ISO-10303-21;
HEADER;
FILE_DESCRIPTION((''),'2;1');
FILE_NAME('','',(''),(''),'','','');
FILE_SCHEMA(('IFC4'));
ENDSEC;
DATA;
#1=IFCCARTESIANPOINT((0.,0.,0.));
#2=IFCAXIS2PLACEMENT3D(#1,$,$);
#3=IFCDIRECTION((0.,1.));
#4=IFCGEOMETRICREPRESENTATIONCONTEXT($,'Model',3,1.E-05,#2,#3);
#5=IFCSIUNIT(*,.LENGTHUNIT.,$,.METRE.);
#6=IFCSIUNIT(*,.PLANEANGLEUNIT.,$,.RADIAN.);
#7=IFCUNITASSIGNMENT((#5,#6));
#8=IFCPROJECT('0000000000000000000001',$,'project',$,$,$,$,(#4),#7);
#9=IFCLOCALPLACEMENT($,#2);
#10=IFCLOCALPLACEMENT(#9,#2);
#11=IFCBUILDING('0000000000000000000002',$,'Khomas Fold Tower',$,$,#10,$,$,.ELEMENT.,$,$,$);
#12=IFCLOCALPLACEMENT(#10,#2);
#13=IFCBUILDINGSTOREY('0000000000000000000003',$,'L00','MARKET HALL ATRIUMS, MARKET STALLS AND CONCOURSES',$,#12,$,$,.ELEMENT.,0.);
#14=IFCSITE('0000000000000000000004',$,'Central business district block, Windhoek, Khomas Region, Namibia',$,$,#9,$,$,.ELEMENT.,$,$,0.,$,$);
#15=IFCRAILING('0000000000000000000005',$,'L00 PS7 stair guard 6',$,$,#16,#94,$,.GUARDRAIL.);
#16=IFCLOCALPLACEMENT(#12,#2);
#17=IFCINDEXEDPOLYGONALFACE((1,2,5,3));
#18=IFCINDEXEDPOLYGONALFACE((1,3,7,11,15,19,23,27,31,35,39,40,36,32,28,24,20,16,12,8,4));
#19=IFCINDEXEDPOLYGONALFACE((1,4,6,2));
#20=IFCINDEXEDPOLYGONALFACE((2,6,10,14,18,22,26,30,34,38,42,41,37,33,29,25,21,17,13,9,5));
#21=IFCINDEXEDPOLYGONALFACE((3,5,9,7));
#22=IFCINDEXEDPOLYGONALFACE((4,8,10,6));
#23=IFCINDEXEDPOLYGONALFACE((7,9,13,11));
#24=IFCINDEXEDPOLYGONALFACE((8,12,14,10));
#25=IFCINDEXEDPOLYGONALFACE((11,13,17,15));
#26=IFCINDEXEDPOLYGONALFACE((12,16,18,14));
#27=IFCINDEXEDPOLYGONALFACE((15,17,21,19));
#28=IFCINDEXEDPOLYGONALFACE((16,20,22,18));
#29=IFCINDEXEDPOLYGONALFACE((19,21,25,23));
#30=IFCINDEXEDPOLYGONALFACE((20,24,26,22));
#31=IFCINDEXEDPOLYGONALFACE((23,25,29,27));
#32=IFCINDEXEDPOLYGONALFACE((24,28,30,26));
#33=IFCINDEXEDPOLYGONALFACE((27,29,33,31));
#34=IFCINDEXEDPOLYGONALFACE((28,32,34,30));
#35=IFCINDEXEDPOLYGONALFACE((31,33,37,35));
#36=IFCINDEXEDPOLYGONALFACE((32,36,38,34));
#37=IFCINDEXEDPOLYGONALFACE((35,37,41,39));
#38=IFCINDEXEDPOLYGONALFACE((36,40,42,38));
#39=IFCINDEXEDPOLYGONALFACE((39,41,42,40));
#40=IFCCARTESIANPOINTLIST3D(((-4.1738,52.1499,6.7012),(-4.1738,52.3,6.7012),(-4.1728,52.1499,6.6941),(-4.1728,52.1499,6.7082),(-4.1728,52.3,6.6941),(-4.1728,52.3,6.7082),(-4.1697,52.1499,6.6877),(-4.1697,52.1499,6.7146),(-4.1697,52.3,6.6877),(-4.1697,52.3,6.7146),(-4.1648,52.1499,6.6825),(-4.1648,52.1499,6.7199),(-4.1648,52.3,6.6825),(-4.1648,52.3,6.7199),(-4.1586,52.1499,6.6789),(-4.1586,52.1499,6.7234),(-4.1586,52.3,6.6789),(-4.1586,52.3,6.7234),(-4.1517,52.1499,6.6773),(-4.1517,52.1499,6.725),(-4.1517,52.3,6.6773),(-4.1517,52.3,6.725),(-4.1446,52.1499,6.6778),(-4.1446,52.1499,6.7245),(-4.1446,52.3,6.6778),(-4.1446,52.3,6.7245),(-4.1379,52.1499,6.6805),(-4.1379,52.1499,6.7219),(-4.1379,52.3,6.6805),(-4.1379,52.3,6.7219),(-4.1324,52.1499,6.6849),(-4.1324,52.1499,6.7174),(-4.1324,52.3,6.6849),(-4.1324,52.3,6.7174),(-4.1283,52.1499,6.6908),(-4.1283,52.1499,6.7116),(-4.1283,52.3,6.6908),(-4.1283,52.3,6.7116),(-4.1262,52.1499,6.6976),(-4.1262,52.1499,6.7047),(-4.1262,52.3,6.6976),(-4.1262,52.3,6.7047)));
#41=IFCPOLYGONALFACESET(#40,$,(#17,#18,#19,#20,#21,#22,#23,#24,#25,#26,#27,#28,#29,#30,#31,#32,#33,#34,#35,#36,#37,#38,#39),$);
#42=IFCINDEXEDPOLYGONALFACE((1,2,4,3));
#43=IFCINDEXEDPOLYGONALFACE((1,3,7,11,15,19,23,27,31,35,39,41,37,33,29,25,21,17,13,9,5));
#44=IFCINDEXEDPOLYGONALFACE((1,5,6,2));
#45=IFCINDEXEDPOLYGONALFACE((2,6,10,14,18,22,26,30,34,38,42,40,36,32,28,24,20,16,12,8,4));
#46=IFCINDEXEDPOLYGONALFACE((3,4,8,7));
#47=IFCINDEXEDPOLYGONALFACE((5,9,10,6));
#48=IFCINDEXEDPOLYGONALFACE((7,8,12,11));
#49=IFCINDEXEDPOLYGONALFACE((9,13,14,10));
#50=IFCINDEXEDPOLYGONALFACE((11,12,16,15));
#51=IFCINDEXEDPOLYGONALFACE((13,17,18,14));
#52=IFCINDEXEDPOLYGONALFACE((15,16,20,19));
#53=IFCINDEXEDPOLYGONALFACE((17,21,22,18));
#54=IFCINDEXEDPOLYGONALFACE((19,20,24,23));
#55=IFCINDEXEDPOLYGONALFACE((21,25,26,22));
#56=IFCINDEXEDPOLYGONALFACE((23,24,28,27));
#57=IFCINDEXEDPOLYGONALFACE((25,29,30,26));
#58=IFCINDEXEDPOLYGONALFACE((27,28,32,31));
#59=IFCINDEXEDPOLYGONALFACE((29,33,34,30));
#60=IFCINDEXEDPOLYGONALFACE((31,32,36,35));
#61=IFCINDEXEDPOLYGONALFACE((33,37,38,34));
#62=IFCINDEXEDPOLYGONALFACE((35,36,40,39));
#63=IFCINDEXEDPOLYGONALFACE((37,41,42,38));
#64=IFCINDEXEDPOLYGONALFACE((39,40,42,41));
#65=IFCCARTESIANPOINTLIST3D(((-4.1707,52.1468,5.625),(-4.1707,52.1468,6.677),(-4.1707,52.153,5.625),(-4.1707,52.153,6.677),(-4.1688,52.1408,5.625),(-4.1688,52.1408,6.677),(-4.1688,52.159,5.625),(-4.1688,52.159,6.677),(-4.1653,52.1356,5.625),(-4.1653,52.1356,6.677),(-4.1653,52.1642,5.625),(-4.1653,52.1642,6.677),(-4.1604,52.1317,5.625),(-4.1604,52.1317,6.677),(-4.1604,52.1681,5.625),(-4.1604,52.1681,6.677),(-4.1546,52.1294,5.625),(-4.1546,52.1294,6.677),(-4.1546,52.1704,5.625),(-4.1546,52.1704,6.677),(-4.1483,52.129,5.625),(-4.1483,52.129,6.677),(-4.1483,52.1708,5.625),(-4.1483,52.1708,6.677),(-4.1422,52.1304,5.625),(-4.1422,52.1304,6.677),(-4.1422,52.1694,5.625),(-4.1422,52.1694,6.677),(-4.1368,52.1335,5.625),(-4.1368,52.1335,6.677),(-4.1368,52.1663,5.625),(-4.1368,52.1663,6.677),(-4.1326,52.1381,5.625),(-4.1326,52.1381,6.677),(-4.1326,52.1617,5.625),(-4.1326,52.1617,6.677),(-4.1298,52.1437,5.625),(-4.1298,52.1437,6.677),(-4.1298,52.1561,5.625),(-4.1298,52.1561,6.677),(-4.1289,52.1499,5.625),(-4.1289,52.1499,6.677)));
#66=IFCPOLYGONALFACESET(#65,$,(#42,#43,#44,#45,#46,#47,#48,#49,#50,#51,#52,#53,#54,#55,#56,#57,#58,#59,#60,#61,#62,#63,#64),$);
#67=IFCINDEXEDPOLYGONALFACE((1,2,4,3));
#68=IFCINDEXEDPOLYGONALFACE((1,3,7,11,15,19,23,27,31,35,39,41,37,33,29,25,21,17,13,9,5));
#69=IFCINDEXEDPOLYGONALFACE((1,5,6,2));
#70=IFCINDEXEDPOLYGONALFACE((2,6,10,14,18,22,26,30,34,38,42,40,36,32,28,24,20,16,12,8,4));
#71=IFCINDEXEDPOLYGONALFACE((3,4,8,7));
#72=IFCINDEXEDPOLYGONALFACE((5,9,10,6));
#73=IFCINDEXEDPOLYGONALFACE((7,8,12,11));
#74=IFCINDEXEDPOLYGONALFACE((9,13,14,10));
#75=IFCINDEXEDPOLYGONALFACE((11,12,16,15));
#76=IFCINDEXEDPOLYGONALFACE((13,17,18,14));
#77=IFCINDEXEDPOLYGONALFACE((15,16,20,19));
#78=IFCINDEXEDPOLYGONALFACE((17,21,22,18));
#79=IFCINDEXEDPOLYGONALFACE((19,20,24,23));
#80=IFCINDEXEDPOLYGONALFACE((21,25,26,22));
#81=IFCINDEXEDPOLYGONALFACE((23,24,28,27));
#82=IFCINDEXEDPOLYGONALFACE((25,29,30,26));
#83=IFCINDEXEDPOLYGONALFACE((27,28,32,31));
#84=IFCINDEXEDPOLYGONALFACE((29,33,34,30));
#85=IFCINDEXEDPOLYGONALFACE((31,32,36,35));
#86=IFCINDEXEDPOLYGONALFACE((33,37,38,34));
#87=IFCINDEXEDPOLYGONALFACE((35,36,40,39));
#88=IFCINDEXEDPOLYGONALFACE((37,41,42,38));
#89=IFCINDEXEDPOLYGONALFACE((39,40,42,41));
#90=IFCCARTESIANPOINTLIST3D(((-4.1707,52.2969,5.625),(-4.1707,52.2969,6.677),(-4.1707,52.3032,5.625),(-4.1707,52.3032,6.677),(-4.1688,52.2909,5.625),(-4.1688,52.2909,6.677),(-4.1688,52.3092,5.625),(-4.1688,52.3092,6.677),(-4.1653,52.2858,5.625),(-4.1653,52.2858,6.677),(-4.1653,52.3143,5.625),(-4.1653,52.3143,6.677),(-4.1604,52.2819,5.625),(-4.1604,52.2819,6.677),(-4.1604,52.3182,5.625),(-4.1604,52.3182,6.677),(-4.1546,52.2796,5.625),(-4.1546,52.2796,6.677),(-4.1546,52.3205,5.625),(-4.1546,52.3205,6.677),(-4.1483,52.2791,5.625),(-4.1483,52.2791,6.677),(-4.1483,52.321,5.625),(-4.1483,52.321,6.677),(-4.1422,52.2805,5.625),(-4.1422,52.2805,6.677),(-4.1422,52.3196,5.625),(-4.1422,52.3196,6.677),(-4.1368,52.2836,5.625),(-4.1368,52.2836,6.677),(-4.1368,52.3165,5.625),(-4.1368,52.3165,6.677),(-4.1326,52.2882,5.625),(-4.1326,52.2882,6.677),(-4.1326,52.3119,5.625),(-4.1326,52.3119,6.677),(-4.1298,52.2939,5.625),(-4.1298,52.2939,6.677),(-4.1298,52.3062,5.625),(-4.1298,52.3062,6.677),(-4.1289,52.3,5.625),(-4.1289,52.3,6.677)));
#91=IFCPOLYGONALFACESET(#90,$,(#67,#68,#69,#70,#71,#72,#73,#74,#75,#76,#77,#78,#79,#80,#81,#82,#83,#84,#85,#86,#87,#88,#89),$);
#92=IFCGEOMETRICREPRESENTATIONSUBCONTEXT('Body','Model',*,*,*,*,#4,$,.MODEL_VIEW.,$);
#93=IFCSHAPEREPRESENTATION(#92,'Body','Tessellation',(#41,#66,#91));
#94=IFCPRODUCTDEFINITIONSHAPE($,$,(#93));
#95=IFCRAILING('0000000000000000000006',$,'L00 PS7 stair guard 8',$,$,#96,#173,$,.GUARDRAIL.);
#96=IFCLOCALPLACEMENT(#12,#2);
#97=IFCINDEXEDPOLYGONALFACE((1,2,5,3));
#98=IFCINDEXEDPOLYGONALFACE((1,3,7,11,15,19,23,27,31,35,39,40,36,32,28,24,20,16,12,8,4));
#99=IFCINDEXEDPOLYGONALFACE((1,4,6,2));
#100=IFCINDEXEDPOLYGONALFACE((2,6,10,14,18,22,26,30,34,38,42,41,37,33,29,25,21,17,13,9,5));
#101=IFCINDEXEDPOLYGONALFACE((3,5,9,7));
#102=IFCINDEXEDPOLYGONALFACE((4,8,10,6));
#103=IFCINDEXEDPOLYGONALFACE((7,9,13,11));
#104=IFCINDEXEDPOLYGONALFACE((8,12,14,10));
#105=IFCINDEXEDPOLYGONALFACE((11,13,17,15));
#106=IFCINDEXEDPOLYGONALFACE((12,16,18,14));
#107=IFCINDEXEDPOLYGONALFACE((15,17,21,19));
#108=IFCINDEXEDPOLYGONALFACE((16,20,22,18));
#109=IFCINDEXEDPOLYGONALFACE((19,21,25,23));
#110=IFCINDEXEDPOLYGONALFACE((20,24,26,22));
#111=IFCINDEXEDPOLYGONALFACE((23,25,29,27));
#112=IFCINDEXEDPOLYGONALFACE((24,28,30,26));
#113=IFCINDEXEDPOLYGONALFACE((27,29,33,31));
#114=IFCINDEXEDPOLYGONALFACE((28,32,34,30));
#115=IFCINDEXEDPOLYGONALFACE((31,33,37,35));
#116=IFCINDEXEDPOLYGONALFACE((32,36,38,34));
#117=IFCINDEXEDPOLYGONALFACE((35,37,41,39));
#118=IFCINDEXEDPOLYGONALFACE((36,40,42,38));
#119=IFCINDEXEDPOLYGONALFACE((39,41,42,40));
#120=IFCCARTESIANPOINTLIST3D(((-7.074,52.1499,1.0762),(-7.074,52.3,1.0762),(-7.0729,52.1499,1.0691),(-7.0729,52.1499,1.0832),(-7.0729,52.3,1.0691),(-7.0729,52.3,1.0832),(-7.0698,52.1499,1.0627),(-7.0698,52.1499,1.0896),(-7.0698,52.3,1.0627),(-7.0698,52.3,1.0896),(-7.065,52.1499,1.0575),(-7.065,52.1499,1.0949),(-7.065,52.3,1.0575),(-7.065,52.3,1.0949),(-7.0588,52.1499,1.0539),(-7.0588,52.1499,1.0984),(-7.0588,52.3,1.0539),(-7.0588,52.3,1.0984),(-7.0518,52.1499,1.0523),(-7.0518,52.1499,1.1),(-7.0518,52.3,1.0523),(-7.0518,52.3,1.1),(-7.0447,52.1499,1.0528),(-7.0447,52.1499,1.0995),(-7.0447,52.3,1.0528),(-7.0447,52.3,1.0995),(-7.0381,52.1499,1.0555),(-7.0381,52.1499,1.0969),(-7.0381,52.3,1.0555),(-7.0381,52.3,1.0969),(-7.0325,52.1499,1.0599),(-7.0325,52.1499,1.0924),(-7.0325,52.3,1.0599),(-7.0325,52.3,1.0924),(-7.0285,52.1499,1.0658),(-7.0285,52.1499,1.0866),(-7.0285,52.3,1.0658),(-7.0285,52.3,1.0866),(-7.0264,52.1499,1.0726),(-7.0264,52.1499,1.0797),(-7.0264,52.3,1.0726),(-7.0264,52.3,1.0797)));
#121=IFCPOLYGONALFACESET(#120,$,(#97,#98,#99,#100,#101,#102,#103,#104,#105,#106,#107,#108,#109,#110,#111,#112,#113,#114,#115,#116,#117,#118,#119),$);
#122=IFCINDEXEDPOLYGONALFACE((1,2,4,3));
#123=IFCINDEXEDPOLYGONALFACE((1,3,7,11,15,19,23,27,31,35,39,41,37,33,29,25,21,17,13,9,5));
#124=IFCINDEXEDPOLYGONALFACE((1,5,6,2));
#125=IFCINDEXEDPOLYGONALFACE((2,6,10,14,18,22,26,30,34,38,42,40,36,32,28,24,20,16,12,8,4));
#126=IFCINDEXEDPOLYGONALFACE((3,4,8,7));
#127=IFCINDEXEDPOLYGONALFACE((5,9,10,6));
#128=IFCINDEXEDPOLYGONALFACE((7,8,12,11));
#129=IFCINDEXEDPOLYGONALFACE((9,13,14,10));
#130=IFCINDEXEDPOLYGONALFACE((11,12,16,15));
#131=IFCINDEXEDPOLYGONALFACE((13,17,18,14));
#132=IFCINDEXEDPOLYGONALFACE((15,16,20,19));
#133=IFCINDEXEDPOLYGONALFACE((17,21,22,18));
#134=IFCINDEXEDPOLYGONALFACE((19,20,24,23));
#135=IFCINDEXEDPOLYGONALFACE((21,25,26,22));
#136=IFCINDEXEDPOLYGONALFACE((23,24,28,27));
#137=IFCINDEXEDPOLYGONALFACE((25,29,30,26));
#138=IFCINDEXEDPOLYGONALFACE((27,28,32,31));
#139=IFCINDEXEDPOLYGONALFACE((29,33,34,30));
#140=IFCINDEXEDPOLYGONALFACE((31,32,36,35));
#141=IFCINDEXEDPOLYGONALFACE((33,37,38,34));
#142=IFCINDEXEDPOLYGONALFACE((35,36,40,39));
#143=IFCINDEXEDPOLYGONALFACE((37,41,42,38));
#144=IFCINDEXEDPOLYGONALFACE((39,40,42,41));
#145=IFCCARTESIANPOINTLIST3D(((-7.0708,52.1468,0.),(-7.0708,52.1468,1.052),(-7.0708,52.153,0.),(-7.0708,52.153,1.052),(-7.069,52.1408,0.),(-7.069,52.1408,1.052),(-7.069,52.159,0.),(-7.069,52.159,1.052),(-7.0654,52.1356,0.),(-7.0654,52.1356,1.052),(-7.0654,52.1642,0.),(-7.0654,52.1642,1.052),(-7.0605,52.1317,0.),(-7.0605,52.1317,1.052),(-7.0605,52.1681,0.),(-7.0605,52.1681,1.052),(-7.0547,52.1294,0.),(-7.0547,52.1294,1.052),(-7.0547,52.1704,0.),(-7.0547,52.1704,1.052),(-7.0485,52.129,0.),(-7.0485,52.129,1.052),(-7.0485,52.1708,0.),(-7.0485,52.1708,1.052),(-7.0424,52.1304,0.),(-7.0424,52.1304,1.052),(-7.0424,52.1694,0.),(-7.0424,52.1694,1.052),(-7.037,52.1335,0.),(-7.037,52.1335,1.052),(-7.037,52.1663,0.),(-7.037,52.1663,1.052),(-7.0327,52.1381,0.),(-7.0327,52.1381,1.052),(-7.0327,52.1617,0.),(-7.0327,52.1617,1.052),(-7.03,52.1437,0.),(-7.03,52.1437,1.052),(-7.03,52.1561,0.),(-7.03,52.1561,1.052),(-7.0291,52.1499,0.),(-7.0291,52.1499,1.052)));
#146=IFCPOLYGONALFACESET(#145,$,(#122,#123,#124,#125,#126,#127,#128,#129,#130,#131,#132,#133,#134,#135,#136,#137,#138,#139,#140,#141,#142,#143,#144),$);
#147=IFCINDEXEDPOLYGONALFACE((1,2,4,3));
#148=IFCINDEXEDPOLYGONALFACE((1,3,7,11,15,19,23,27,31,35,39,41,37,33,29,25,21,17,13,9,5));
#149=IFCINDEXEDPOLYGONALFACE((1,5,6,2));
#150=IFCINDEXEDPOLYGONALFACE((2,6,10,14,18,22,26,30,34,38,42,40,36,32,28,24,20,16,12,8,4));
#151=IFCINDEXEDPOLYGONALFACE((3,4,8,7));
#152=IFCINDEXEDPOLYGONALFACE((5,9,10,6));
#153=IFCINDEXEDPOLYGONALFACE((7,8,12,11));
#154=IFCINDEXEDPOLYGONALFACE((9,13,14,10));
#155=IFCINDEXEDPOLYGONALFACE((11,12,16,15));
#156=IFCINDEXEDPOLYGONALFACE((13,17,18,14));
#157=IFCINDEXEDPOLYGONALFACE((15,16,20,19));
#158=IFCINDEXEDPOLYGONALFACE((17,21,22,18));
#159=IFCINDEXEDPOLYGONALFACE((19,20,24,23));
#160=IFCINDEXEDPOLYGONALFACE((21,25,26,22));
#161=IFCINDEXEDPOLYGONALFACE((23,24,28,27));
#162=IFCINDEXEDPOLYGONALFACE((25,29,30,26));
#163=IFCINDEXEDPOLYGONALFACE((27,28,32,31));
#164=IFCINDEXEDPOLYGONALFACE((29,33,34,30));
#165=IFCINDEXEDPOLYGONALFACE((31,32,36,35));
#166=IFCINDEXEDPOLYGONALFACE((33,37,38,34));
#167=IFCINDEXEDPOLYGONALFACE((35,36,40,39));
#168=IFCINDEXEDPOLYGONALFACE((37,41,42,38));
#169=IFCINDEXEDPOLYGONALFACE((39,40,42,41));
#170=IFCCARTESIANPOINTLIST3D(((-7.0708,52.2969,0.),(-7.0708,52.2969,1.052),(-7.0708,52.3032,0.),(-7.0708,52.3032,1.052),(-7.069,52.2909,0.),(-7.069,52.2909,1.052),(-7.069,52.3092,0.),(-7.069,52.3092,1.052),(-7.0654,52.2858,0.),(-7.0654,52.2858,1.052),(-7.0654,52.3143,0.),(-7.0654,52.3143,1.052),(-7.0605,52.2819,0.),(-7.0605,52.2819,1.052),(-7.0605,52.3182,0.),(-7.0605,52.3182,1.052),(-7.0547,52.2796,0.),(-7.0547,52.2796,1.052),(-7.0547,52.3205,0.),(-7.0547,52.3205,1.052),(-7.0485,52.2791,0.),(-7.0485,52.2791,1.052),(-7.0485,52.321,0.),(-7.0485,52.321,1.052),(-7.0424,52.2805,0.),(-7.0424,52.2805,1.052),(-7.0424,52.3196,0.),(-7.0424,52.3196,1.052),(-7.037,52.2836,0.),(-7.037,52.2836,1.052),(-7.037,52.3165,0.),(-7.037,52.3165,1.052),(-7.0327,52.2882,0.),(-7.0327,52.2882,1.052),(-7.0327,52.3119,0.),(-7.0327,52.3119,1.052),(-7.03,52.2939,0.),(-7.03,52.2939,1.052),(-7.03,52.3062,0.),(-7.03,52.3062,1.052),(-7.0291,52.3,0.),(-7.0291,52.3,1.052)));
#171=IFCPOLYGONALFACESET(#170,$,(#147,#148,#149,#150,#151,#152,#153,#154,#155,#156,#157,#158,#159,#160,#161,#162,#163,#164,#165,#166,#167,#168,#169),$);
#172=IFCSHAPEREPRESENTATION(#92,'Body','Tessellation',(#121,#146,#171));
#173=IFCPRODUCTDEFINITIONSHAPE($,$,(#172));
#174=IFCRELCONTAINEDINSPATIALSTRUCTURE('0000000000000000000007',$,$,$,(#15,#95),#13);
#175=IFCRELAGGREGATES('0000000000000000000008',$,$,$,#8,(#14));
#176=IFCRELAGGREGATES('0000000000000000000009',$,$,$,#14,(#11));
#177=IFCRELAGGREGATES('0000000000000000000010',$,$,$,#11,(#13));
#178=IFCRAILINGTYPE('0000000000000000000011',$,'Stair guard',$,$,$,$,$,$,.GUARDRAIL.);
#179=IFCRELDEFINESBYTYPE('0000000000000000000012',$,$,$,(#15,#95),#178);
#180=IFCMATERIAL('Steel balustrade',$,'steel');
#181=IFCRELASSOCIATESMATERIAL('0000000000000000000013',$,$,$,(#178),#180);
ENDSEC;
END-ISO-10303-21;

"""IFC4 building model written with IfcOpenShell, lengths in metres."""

from ifc_helpers import new_model, si_unit, direction, frame, origin, origin_2d, place, context, subcontext, project, spatial, circle, extrude, source, transform, mapped, material, type_object, element, save


model = new_model("IFC4")

# Units and contexts
model_context = context("Model", 3, precision=1e-05, world=origin(), true_north=direction((0.0, 1.0)))
body_context = subcontext(model_context, "Body", "Model", "MODEL_VIEW")
ifc_project = project(units=[si_unit("LENGTHUNIT", "METRE"), si_unit("PLANEANGLEUNIT", "RADIAN")], contexts=[model_context])

# Site, building, storey
site_placement = place(None, origin())
site = spatial("IfcSite", under=ifc_project, at=site_placement, Name="Central business district block, Windhoek, Khomas Region, Namibia", CompositionType="ELEMENT", RefElevation=0.0)
building_placement = place(site_placement, origin())
building = spatial("IfcBuilding", under=site, at=building_placement, Name="Khomas Fold Tower", CompositionType="ELEMENT")
storey_placement = place(building_placement, origin())
storey = spatial("IfcBuildingStorey", under=building, at=storey_placement, Name="L00", Description="MARKET HALL ATRIUMS, MARKET STALLS AND CONCOURSES", CompositionType="ELEMENT", Elevation=0.0)

# Railings
ifc_material_1 = material(Name="Steel balustrade", Category="steel")
railing_type_1 = type_object("IfcRailingType", Name="Stair guard", PredefinedType="GUARDRAIL", material=ifc_material_1)
shared_shape_1 = source(origin(), body_context, "Body", "SweptSolid", [
    extrude(circle(Radius=0.0239, at=origin_2d()), frame((0.0, 0.0, 1.0762), z_axis=(0.0, 1.0, 0.0), x_axis=(-1.0, 0.0, 0.0)), (0.0, 0.0, 1.0), 0.1501),
    extrude(circle(Radius=0.021, at=origin_2d()), origin(), (0.0, 0.0, 1.0), 1.052),
    extrude(circle(Radius=0.021, at=origin_2d()), frame((0.0, 0.1501, 0.0)), (0.0, 0.0, 1.0), 1.052),
])
for number, where, name in (
    (1, (-4.1499, 52.1499, 5.625), "L00 PS7 stair guard 6"),
    (2, (-7.05, 52.1499, 0.0), "L00 PS7 stair guard 8"),
):
    element("IfcRailing", number, at=place(storey_placement, frame(where)), inside=storey, type_object=railing_type_1, Name=name, PredefinedType="GUARDRAIL", context=body_context, shape_type="MappedRepresentation", body=[
        mapped(shared_shape_1, transform((0.0, 0.0, 0.0))),
    ])

save(model, "model.ifc")
